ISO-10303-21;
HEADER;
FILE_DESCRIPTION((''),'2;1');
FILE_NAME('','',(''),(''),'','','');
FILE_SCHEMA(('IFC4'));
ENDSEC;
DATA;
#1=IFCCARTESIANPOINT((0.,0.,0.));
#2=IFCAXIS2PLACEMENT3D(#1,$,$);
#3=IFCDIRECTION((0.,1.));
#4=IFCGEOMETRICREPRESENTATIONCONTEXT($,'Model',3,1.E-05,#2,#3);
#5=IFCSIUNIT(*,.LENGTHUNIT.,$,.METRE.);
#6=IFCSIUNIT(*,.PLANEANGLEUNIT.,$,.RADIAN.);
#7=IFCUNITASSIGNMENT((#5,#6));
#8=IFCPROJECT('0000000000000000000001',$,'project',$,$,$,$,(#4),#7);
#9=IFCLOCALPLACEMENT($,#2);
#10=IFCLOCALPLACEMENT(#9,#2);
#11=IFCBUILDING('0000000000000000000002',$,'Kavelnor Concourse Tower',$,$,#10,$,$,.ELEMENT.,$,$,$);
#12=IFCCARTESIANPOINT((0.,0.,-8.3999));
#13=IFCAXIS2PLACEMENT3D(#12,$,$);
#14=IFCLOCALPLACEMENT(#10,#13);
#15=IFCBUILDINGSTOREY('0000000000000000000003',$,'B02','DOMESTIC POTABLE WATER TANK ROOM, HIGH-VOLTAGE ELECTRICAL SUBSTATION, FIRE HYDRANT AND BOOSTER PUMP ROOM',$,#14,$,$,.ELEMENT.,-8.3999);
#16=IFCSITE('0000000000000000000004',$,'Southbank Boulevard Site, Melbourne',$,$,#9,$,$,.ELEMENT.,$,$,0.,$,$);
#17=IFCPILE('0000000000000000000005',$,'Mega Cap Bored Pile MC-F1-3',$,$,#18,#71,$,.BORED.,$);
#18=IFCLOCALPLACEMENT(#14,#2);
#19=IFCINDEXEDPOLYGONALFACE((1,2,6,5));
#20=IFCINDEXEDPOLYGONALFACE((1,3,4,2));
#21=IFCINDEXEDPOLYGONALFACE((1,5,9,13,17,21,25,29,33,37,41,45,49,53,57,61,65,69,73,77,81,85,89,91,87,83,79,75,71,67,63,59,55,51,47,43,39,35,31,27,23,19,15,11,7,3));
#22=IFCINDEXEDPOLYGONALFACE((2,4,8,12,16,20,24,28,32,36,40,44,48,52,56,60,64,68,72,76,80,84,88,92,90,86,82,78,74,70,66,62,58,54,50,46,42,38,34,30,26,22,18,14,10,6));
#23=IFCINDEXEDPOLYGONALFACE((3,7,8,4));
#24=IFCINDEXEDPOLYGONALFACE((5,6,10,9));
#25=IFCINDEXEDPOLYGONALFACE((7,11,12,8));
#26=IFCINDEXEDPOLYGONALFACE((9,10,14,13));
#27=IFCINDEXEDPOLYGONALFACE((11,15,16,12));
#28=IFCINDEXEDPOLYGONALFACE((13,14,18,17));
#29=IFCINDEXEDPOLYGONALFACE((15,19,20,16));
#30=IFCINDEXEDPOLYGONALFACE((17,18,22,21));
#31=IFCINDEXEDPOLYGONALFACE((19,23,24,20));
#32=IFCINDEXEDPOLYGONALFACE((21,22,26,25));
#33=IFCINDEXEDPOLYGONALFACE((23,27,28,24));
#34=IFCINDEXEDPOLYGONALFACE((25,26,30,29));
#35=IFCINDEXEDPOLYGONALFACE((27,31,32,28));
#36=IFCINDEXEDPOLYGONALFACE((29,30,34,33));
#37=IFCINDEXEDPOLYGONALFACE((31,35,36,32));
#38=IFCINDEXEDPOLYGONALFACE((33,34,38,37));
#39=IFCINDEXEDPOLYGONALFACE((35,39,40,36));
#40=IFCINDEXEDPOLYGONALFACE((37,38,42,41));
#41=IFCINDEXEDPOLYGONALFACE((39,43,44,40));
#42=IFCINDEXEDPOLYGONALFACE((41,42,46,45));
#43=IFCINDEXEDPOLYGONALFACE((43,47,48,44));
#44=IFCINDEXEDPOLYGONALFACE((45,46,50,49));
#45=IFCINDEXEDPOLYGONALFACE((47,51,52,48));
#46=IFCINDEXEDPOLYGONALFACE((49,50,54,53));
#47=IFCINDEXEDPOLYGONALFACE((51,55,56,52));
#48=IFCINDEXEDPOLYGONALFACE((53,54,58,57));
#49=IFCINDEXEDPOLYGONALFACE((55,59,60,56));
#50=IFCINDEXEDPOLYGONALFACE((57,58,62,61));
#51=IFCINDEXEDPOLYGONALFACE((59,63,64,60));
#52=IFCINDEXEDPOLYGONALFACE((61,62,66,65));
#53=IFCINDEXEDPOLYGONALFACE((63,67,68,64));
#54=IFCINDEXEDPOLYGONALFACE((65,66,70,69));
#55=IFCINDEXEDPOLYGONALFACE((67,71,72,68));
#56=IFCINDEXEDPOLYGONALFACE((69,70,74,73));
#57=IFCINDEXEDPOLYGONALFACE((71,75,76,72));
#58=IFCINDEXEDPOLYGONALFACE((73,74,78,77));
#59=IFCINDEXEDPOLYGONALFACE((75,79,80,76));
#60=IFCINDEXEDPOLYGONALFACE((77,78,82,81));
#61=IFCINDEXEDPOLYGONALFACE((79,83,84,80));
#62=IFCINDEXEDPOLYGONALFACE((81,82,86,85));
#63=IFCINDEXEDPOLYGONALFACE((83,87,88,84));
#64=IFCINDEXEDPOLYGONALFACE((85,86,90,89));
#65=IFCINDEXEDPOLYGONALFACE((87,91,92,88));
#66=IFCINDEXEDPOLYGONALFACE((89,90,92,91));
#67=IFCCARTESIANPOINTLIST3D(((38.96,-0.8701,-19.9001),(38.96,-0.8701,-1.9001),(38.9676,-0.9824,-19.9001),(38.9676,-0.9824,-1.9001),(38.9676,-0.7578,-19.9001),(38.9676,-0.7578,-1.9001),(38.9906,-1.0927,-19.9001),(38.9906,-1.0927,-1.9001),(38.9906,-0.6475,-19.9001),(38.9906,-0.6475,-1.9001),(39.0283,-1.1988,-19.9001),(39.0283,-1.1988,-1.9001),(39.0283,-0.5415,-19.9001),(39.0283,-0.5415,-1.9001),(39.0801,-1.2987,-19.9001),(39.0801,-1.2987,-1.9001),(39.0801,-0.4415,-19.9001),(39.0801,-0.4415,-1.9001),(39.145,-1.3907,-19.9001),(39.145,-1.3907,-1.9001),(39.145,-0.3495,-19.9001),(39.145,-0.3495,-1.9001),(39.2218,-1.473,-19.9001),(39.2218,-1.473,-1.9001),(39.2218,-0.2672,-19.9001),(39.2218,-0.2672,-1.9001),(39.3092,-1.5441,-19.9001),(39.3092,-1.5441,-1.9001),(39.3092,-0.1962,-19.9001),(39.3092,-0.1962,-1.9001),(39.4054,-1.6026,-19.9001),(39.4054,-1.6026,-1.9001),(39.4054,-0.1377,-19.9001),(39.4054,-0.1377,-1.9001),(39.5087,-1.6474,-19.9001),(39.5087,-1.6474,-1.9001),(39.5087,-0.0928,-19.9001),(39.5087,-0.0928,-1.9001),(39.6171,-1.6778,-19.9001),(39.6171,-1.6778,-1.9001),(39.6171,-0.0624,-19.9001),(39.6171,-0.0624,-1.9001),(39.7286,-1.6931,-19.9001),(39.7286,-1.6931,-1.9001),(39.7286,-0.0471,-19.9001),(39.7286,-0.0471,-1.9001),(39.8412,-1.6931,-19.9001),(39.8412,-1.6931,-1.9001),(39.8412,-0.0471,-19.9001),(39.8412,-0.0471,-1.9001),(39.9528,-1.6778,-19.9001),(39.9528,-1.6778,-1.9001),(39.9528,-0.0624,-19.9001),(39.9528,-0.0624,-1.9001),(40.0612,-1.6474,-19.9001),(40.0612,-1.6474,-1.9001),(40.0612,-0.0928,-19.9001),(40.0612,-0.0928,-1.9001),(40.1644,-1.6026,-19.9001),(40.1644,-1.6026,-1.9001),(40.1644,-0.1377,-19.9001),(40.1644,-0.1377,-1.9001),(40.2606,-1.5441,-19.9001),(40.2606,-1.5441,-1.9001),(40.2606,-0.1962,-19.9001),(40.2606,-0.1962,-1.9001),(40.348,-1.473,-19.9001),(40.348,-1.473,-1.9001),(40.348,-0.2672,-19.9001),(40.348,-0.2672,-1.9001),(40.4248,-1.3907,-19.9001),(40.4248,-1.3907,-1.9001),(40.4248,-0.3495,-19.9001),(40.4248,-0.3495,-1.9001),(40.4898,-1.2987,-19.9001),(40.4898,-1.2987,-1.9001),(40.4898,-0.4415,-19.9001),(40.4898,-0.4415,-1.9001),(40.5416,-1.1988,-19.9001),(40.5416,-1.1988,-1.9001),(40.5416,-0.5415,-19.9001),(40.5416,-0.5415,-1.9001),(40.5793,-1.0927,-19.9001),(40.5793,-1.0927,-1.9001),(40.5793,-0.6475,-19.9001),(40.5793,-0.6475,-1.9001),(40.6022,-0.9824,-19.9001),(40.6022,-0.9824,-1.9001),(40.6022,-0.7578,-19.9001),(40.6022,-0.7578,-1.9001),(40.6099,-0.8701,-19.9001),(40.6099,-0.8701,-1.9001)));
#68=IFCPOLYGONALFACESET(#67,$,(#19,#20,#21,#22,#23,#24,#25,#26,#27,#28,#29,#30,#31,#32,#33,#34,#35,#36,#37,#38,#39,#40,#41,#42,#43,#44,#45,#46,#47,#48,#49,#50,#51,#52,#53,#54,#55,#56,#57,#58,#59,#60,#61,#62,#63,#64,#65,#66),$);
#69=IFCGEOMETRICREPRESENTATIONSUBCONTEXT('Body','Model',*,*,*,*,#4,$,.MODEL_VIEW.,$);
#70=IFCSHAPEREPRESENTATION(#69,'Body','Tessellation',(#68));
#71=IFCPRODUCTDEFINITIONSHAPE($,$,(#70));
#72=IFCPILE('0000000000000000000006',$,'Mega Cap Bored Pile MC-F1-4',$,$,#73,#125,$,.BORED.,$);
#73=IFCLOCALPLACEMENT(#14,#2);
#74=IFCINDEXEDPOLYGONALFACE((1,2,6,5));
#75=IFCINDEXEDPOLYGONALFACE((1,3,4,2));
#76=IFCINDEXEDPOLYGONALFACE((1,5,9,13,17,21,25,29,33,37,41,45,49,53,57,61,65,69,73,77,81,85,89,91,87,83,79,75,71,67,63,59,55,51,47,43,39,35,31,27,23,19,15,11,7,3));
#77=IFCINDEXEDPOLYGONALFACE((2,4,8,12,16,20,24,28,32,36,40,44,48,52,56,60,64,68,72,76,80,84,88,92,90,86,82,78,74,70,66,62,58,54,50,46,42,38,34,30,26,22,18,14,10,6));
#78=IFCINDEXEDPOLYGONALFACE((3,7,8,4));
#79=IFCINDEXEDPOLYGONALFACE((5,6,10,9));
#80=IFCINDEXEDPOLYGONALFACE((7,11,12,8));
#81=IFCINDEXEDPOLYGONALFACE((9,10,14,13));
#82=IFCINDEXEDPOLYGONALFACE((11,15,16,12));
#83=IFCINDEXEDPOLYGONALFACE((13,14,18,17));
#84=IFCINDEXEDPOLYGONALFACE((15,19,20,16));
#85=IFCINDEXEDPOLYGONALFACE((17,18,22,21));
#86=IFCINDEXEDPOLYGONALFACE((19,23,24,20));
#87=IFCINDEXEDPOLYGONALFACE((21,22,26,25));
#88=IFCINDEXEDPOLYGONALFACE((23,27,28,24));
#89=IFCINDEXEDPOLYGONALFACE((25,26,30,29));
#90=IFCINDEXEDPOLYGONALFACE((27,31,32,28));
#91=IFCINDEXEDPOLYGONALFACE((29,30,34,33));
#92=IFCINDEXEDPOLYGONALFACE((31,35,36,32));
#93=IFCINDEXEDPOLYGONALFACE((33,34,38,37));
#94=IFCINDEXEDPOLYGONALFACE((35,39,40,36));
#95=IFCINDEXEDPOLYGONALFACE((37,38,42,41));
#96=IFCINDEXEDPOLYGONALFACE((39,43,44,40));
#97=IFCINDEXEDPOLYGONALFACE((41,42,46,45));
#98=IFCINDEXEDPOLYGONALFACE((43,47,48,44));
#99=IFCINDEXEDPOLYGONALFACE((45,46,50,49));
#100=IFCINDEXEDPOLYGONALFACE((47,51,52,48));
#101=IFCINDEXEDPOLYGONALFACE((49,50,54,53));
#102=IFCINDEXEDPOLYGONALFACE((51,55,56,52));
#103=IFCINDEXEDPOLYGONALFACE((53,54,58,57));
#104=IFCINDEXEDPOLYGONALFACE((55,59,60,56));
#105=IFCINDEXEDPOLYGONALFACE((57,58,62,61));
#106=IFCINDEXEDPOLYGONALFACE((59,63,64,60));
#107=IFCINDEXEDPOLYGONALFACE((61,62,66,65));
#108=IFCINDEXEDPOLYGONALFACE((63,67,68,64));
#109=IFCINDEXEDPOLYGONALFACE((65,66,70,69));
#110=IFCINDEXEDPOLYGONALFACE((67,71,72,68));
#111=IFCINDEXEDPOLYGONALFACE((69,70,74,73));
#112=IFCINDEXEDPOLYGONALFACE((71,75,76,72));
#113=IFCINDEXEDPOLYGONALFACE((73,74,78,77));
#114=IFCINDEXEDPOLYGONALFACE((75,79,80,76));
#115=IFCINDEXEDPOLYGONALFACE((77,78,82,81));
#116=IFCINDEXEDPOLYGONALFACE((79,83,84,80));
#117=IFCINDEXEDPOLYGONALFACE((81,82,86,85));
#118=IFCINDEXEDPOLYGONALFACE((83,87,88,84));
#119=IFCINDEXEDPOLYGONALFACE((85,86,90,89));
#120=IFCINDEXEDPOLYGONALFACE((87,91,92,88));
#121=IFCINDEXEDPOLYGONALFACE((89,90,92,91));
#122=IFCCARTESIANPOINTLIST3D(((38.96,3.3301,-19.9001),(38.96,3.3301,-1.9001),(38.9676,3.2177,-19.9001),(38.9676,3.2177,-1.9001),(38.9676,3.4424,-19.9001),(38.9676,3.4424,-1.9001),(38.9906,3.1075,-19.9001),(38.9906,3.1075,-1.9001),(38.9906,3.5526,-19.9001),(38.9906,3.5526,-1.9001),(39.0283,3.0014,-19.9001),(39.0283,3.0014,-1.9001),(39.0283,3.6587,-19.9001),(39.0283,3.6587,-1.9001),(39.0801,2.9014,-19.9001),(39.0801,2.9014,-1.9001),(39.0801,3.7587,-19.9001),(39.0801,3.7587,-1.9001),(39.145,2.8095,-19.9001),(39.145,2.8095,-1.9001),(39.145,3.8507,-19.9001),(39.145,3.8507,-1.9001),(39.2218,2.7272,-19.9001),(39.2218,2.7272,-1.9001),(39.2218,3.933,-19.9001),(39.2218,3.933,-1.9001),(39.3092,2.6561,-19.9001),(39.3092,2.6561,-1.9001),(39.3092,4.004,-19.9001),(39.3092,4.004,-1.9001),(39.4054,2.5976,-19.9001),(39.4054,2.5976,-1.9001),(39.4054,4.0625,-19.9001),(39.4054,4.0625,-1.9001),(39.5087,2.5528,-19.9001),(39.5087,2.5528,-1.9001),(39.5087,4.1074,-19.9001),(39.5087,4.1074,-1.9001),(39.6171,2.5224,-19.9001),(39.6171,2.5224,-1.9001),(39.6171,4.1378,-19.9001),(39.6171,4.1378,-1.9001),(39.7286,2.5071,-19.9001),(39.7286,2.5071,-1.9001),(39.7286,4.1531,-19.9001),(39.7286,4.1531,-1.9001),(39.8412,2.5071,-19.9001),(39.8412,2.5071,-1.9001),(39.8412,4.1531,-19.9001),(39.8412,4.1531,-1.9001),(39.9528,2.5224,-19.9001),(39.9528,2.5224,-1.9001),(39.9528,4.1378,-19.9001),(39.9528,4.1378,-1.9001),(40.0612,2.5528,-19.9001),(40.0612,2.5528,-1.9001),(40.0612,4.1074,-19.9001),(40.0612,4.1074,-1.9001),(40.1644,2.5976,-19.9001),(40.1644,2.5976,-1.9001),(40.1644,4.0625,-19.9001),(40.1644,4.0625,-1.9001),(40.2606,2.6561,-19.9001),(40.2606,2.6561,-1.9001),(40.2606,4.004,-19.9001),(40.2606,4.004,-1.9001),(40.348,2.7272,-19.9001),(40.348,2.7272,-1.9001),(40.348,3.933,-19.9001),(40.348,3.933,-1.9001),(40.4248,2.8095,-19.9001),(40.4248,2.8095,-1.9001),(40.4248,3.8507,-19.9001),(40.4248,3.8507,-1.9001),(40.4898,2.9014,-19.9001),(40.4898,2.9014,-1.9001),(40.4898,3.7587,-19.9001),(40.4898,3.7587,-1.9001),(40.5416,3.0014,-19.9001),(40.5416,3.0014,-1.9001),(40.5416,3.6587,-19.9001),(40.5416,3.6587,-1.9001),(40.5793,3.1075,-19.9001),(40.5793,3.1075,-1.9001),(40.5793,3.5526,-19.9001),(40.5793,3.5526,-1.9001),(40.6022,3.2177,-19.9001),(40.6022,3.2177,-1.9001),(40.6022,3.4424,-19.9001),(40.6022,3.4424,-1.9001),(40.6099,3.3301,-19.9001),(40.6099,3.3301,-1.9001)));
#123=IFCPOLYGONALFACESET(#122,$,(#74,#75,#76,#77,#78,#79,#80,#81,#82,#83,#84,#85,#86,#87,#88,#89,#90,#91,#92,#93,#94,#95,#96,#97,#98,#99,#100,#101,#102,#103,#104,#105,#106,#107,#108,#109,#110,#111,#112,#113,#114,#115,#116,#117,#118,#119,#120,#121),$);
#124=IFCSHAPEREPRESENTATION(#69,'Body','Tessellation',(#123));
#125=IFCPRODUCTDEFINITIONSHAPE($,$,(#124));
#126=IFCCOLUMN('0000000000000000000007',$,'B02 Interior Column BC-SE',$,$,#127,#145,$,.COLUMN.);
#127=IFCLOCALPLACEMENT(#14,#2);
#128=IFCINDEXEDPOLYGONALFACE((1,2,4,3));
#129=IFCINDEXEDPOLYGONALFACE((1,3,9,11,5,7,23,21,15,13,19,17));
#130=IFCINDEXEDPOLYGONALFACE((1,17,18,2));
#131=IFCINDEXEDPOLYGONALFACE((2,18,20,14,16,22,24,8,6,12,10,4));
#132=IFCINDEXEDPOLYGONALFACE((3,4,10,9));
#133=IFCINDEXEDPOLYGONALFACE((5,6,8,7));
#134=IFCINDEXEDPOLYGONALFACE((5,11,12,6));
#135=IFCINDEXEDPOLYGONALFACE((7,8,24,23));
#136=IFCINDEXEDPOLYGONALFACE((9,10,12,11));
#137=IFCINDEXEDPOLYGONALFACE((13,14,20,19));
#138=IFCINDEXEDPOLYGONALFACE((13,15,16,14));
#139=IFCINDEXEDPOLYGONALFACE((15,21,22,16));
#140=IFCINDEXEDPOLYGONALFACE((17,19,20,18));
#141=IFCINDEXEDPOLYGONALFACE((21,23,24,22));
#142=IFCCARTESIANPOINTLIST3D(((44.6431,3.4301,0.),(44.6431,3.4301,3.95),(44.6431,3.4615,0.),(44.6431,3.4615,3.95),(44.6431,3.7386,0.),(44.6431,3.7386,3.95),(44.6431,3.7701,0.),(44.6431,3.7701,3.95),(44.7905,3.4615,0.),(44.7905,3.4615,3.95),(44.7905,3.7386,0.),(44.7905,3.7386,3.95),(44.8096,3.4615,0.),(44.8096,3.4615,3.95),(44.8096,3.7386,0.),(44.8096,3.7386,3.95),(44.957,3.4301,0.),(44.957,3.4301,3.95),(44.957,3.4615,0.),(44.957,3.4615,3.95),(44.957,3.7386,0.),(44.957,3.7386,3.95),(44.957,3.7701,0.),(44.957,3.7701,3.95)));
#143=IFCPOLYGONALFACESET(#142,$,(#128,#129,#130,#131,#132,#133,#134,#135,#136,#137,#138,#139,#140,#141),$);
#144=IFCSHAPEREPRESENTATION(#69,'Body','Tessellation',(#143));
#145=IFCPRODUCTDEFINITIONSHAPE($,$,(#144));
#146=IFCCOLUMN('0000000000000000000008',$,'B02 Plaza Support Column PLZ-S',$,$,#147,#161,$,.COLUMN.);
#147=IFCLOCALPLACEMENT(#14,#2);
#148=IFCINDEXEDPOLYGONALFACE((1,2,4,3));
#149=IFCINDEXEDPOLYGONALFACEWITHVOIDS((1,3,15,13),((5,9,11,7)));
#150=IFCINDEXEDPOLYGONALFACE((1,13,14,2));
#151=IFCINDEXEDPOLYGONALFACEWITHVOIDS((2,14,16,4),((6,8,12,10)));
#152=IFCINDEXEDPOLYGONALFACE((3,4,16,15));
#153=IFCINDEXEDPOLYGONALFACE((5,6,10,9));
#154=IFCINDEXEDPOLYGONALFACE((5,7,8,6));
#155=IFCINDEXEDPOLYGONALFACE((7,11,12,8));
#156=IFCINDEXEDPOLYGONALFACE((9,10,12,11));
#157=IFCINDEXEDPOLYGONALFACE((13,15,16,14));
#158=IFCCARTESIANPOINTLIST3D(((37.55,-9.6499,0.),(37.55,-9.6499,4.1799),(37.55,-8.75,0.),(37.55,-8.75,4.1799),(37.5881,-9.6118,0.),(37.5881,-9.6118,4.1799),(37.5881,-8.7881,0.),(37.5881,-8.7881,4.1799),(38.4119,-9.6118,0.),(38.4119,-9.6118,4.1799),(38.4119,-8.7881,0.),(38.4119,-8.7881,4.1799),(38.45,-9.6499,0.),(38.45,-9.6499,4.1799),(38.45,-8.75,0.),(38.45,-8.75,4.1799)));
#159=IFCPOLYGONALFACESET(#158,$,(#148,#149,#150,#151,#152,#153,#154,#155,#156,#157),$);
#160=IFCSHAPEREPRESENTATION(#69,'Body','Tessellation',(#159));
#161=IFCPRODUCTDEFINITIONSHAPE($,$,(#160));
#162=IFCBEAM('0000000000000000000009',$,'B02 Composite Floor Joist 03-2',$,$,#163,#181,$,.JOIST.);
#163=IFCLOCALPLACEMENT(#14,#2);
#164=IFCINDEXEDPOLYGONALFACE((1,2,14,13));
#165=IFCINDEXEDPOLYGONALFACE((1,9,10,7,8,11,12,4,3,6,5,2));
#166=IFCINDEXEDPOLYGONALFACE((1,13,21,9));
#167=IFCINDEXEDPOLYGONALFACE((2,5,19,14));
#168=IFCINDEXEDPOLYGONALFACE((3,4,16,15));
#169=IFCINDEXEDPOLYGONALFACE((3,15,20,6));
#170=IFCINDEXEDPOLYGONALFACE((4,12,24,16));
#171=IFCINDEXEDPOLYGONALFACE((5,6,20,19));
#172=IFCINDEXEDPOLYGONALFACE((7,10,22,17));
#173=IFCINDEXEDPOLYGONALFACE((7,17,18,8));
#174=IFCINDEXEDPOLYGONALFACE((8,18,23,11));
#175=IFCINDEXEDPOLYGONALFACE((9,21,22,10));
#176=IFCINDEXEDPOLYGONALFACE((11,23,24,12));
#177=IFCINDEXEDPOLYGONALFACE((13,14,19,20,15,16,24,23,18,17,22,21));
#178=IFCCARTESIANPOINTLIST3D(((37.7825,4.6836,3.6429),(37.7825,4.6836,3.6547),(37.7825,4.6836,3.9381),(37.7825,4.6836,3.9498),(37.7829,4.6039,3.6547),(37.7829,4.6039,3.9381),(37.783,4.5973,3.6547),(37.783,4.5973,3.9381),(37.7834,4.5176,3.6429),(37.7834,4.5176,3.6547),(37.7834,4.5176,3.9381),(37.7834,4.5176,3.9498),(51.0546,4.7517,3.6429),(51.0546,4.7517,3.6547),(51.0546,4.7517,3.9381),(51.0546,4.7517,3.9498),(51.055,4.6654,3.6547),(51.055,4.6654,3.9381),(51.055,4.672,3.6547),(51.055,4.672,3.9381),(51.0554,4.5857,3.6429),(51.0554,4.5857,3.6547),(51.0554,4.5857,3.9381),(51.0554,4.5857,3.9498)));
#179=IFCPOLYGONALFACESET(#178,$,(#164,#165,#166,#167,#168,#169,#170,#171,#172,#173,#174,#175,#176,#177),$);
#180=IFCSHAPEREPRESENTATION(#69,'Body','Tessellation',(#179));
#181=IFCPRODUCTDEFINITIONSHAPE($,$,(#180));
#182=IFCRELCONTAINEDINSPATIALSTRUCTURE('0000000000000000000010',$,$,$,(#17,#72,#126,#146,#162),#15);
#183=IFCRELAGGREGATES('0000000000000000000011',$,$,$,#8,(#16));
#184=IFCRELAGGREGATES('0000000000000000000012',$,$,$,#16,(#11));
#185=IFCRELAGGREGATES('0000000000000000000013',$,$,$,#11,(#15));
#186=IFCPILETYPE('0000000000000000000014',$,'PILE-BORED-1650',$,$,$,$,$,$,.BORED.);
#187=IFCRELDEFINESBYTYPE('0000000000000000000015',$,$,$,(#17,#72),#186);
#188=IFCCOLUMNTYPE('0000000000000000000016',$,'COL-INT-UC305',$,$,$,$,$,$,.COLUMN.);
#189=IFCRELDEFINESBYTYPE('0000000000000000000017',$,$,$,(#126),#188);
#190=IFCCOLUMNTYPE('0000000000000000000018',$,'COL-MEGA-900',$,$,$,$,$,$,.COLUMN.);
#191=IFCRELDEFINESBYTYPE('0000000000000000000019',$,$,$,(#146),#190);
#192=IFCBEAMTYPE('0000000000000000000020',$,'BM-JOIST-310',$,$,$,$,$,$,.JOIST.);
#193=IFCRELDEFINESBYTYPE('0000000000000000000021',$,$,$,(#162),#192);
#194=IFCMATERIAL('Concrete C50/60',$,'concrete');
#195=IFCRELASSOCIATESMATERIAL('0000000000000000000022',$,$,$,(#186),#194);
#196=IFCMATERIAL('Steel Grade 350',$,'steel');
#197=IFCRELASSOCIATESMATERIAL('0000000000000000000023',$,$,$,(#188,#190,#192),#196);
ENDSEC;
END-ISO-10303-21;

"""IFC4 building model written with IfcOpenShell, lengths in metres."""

from ifc_helpers import new_model, si_unit, direction, frame, origin, origin_2d, place, context, subcontext, project, spatial, hollow_rectangle, circle, i_section, extrude, material, material_profile, profile_set, type_object, element, save


model = new_model("IFC4")

# Units and contexts
model_context = context("Model", 3, precision=1e-05, world=origin(), true_north=direction((0.0, 1.0)))
body_context = subcontext(model_context, "Body", "Model", "MODEL_VIEW")
ifc_project = project(units=[si_unit("LENGTHUNIT", "METRE"), si_unit("PLANEANGLEUNIT", "RADIAN")], contexts=[model_context])

# Site, building, storey
site_placement = place(None, origin())
site = spatial("IfcSite", under=ifc_project, at=site_placement, Name="Southbank Boulevard Site, Melbourne", CompositionType="ELEMENT", RefElevation=0.0)
building_placement = place(site_placement, origin())
building = spatial("IfcBuilding", under=site, at=building_placement, Name="Kavelnor Concourse Tower", CompositionType="ELEMENT")
storey_placement = place(building_placement, frame((0.0, 0.0, -8.3999)))
storey = spatial("IfcBuildingStorey", under=building, at=storey_placement, Name="B02", Description="DOMESTIC POTABLE WATER TANK ROOM, HIGH-VOLTAGE ELECTRICAL SUBSTATION, FIRE HYDRANT AND BOOSTER PUMP ROOM", CompositionType="ELEMENT", Elevation=-8.3999)

# Shared definitions
ifc_material_1 = material(Name="Concrete C50/60", Category="concrete")

# Piles
ifc_material_profile_1 = material_profile(ifc_material_1, circle(Radius=0.825, at=origin_2d()), Name="PILE-D1650")
ifc_profile_set_1 = profile_set([ifc_material_profile_1], Name="Concrete C50/60")
pile_type_1 = type_object("IfcPileType", Name="PILE-BORED-1650", PredefinedType="BORED", material=ifc_profile_set_1)
for number, where, z_axis, x_axis, name in (
    (1, (39.7849, -0.8701, -1.9001), (0.0, 0.0, -1.0), (1.0, 0.0, 0.0), "Mega Cap Bored Pile MC-F1-3"),
    (2, (39.7849, 3.3301, -1.9001), (0.0, 0.0, -1.0), (1.0, 0.0, 0.0), "Mega Cap Bored Pile MC-F1-4"),
):
    element("IfcPile", number, at=place(storey_placement, frame(where, z_axis=z_axis, x_axis=x_axis)), inside=storey, type_object=pile_type_1, Name=name, PredefinedType="BORED", context=body_context, shape_type="SweptSolid", body=[
        extrude(circle(Radius=0.825, at=origin_2d()), origin(), (0.0, 0.0, 1.0), 18.0),
    ])

# Columns
ifc_material_2 = material(Name="Steel Grade 350", Category="steel")
ifc_material_profile_2 = material_profile(ifc_material_2, i_section(OverallWidth=0.314, OverallDepth=0.3401, WebThickness=0.019, FlangeThickness=0.0315, at=origin_2d()), Name="UC 305x305x198")
ifc_profile_set_2 = profile_set([ifc_material_profile_2], Name="Steel Grade 350")
column_type_1 = type_object("IfcColumnType", Name="COL-INT-UC305", PredefinedType="COLUMN", material=ifc_profile_set_2)
column_1_placement = place(storey_placement, frame((44.8, 3.6001, 0.0), z_axis=(0.0, 0.0, 1.0), x_axis=(1.0, 0.0, 0.0)))
element("IfcColumn", 3, at=column_1_placement, inside=storey, type_object=column_type_1, Name="B02 Interior Column BC-SE", PredefinedType="COLUMN", context=body_context, shape_type="SweptSolid", body=[
    extrude(i_section(OverallWidth=0.314, OverallDepth=0.3401, WebThickness=0.019, FlangeThickness=0.0315, at=origin_2d()), origin(), (0.0, 0.0, 1.0), 3.95),
])
ifc_material_profile_3 = material_profile(ifc_material_2, hollow_rectangle(XDim=0.8999, YDim=0.8999, WallThickness=0.0381, at=origin_2d()), Name="SHS 900x900x38")
ifc_profile_set_3 = profile_set([ifc_material_profile_3], Name="Steel Grade 350")
column_type_2 = type_object("IfcColumnType", Name="COL-MEGA-900", PredefinedType="COLUMN", material=ifc_profile_set_3)
column_2_placement = place(storey_placement, frame((38.0, -9.2, 0.0), z_axis=(0.0, 0.0, 1.0), x_axis=(1.0, 0.0, 0.0)))
element("IfcColumn", 4, at=column_2_placement, inside=storey, type_object=column_type_2, Name="B02 Plaza Support Column PLZ-S", PredefinedType="COLUMN", context=body_context, shape_type="SweptSolid", body=[
    extrude(hollow_rectangle(XDim=0.8999, YDim=0.8999, WallThickness=0.0381, at=origin_2d()), origin(), (0.0, 0.0, 1.0), 4.1799),
])

# Beam
ifc_material_profile_4 = material_profile(ifc_material_2, i_section(OverallWidth=0.166, OverallDepth=0.3069, WebThickness=0.0066, FlangeThickness=0.0117, at=origin_2d()), Name="310UB46")
ifc_profile_set_4 = profile_set([ifc_material_profile_4], Name="Steel Grade 350")
beam_type_1 = type_object("IfcBeamType", Name="BM-JOIST-310", PredefinedType="JOIST", material=ifc_profile_set_4)
beam_1_placement = place(storey_placement, frame((37.783, 4.6006, 3.7964), z_axis=(0.999987, 0.005132, 0.0), x_axis=(-0.005132, 0.999987, 0.0)))
element("IfcBeam", 5, at=beam_1_placement, inside=storey, type_object=beam_type_1, Name="B02 Composite Floor Joist 03-2", PredefinedType="JOIST", context=body_context, shape_type="SweptSolid", body=[
    extrude(i_section(OverallWidth=0.166, OverallDepth=0.3069, WebThickness=0.0066, FlangeThickness=0.0117, at=origin_2d()), origin(), (0.0, 0.0, 1.0), 13.2722),
])

save(model, "model.ifc")
